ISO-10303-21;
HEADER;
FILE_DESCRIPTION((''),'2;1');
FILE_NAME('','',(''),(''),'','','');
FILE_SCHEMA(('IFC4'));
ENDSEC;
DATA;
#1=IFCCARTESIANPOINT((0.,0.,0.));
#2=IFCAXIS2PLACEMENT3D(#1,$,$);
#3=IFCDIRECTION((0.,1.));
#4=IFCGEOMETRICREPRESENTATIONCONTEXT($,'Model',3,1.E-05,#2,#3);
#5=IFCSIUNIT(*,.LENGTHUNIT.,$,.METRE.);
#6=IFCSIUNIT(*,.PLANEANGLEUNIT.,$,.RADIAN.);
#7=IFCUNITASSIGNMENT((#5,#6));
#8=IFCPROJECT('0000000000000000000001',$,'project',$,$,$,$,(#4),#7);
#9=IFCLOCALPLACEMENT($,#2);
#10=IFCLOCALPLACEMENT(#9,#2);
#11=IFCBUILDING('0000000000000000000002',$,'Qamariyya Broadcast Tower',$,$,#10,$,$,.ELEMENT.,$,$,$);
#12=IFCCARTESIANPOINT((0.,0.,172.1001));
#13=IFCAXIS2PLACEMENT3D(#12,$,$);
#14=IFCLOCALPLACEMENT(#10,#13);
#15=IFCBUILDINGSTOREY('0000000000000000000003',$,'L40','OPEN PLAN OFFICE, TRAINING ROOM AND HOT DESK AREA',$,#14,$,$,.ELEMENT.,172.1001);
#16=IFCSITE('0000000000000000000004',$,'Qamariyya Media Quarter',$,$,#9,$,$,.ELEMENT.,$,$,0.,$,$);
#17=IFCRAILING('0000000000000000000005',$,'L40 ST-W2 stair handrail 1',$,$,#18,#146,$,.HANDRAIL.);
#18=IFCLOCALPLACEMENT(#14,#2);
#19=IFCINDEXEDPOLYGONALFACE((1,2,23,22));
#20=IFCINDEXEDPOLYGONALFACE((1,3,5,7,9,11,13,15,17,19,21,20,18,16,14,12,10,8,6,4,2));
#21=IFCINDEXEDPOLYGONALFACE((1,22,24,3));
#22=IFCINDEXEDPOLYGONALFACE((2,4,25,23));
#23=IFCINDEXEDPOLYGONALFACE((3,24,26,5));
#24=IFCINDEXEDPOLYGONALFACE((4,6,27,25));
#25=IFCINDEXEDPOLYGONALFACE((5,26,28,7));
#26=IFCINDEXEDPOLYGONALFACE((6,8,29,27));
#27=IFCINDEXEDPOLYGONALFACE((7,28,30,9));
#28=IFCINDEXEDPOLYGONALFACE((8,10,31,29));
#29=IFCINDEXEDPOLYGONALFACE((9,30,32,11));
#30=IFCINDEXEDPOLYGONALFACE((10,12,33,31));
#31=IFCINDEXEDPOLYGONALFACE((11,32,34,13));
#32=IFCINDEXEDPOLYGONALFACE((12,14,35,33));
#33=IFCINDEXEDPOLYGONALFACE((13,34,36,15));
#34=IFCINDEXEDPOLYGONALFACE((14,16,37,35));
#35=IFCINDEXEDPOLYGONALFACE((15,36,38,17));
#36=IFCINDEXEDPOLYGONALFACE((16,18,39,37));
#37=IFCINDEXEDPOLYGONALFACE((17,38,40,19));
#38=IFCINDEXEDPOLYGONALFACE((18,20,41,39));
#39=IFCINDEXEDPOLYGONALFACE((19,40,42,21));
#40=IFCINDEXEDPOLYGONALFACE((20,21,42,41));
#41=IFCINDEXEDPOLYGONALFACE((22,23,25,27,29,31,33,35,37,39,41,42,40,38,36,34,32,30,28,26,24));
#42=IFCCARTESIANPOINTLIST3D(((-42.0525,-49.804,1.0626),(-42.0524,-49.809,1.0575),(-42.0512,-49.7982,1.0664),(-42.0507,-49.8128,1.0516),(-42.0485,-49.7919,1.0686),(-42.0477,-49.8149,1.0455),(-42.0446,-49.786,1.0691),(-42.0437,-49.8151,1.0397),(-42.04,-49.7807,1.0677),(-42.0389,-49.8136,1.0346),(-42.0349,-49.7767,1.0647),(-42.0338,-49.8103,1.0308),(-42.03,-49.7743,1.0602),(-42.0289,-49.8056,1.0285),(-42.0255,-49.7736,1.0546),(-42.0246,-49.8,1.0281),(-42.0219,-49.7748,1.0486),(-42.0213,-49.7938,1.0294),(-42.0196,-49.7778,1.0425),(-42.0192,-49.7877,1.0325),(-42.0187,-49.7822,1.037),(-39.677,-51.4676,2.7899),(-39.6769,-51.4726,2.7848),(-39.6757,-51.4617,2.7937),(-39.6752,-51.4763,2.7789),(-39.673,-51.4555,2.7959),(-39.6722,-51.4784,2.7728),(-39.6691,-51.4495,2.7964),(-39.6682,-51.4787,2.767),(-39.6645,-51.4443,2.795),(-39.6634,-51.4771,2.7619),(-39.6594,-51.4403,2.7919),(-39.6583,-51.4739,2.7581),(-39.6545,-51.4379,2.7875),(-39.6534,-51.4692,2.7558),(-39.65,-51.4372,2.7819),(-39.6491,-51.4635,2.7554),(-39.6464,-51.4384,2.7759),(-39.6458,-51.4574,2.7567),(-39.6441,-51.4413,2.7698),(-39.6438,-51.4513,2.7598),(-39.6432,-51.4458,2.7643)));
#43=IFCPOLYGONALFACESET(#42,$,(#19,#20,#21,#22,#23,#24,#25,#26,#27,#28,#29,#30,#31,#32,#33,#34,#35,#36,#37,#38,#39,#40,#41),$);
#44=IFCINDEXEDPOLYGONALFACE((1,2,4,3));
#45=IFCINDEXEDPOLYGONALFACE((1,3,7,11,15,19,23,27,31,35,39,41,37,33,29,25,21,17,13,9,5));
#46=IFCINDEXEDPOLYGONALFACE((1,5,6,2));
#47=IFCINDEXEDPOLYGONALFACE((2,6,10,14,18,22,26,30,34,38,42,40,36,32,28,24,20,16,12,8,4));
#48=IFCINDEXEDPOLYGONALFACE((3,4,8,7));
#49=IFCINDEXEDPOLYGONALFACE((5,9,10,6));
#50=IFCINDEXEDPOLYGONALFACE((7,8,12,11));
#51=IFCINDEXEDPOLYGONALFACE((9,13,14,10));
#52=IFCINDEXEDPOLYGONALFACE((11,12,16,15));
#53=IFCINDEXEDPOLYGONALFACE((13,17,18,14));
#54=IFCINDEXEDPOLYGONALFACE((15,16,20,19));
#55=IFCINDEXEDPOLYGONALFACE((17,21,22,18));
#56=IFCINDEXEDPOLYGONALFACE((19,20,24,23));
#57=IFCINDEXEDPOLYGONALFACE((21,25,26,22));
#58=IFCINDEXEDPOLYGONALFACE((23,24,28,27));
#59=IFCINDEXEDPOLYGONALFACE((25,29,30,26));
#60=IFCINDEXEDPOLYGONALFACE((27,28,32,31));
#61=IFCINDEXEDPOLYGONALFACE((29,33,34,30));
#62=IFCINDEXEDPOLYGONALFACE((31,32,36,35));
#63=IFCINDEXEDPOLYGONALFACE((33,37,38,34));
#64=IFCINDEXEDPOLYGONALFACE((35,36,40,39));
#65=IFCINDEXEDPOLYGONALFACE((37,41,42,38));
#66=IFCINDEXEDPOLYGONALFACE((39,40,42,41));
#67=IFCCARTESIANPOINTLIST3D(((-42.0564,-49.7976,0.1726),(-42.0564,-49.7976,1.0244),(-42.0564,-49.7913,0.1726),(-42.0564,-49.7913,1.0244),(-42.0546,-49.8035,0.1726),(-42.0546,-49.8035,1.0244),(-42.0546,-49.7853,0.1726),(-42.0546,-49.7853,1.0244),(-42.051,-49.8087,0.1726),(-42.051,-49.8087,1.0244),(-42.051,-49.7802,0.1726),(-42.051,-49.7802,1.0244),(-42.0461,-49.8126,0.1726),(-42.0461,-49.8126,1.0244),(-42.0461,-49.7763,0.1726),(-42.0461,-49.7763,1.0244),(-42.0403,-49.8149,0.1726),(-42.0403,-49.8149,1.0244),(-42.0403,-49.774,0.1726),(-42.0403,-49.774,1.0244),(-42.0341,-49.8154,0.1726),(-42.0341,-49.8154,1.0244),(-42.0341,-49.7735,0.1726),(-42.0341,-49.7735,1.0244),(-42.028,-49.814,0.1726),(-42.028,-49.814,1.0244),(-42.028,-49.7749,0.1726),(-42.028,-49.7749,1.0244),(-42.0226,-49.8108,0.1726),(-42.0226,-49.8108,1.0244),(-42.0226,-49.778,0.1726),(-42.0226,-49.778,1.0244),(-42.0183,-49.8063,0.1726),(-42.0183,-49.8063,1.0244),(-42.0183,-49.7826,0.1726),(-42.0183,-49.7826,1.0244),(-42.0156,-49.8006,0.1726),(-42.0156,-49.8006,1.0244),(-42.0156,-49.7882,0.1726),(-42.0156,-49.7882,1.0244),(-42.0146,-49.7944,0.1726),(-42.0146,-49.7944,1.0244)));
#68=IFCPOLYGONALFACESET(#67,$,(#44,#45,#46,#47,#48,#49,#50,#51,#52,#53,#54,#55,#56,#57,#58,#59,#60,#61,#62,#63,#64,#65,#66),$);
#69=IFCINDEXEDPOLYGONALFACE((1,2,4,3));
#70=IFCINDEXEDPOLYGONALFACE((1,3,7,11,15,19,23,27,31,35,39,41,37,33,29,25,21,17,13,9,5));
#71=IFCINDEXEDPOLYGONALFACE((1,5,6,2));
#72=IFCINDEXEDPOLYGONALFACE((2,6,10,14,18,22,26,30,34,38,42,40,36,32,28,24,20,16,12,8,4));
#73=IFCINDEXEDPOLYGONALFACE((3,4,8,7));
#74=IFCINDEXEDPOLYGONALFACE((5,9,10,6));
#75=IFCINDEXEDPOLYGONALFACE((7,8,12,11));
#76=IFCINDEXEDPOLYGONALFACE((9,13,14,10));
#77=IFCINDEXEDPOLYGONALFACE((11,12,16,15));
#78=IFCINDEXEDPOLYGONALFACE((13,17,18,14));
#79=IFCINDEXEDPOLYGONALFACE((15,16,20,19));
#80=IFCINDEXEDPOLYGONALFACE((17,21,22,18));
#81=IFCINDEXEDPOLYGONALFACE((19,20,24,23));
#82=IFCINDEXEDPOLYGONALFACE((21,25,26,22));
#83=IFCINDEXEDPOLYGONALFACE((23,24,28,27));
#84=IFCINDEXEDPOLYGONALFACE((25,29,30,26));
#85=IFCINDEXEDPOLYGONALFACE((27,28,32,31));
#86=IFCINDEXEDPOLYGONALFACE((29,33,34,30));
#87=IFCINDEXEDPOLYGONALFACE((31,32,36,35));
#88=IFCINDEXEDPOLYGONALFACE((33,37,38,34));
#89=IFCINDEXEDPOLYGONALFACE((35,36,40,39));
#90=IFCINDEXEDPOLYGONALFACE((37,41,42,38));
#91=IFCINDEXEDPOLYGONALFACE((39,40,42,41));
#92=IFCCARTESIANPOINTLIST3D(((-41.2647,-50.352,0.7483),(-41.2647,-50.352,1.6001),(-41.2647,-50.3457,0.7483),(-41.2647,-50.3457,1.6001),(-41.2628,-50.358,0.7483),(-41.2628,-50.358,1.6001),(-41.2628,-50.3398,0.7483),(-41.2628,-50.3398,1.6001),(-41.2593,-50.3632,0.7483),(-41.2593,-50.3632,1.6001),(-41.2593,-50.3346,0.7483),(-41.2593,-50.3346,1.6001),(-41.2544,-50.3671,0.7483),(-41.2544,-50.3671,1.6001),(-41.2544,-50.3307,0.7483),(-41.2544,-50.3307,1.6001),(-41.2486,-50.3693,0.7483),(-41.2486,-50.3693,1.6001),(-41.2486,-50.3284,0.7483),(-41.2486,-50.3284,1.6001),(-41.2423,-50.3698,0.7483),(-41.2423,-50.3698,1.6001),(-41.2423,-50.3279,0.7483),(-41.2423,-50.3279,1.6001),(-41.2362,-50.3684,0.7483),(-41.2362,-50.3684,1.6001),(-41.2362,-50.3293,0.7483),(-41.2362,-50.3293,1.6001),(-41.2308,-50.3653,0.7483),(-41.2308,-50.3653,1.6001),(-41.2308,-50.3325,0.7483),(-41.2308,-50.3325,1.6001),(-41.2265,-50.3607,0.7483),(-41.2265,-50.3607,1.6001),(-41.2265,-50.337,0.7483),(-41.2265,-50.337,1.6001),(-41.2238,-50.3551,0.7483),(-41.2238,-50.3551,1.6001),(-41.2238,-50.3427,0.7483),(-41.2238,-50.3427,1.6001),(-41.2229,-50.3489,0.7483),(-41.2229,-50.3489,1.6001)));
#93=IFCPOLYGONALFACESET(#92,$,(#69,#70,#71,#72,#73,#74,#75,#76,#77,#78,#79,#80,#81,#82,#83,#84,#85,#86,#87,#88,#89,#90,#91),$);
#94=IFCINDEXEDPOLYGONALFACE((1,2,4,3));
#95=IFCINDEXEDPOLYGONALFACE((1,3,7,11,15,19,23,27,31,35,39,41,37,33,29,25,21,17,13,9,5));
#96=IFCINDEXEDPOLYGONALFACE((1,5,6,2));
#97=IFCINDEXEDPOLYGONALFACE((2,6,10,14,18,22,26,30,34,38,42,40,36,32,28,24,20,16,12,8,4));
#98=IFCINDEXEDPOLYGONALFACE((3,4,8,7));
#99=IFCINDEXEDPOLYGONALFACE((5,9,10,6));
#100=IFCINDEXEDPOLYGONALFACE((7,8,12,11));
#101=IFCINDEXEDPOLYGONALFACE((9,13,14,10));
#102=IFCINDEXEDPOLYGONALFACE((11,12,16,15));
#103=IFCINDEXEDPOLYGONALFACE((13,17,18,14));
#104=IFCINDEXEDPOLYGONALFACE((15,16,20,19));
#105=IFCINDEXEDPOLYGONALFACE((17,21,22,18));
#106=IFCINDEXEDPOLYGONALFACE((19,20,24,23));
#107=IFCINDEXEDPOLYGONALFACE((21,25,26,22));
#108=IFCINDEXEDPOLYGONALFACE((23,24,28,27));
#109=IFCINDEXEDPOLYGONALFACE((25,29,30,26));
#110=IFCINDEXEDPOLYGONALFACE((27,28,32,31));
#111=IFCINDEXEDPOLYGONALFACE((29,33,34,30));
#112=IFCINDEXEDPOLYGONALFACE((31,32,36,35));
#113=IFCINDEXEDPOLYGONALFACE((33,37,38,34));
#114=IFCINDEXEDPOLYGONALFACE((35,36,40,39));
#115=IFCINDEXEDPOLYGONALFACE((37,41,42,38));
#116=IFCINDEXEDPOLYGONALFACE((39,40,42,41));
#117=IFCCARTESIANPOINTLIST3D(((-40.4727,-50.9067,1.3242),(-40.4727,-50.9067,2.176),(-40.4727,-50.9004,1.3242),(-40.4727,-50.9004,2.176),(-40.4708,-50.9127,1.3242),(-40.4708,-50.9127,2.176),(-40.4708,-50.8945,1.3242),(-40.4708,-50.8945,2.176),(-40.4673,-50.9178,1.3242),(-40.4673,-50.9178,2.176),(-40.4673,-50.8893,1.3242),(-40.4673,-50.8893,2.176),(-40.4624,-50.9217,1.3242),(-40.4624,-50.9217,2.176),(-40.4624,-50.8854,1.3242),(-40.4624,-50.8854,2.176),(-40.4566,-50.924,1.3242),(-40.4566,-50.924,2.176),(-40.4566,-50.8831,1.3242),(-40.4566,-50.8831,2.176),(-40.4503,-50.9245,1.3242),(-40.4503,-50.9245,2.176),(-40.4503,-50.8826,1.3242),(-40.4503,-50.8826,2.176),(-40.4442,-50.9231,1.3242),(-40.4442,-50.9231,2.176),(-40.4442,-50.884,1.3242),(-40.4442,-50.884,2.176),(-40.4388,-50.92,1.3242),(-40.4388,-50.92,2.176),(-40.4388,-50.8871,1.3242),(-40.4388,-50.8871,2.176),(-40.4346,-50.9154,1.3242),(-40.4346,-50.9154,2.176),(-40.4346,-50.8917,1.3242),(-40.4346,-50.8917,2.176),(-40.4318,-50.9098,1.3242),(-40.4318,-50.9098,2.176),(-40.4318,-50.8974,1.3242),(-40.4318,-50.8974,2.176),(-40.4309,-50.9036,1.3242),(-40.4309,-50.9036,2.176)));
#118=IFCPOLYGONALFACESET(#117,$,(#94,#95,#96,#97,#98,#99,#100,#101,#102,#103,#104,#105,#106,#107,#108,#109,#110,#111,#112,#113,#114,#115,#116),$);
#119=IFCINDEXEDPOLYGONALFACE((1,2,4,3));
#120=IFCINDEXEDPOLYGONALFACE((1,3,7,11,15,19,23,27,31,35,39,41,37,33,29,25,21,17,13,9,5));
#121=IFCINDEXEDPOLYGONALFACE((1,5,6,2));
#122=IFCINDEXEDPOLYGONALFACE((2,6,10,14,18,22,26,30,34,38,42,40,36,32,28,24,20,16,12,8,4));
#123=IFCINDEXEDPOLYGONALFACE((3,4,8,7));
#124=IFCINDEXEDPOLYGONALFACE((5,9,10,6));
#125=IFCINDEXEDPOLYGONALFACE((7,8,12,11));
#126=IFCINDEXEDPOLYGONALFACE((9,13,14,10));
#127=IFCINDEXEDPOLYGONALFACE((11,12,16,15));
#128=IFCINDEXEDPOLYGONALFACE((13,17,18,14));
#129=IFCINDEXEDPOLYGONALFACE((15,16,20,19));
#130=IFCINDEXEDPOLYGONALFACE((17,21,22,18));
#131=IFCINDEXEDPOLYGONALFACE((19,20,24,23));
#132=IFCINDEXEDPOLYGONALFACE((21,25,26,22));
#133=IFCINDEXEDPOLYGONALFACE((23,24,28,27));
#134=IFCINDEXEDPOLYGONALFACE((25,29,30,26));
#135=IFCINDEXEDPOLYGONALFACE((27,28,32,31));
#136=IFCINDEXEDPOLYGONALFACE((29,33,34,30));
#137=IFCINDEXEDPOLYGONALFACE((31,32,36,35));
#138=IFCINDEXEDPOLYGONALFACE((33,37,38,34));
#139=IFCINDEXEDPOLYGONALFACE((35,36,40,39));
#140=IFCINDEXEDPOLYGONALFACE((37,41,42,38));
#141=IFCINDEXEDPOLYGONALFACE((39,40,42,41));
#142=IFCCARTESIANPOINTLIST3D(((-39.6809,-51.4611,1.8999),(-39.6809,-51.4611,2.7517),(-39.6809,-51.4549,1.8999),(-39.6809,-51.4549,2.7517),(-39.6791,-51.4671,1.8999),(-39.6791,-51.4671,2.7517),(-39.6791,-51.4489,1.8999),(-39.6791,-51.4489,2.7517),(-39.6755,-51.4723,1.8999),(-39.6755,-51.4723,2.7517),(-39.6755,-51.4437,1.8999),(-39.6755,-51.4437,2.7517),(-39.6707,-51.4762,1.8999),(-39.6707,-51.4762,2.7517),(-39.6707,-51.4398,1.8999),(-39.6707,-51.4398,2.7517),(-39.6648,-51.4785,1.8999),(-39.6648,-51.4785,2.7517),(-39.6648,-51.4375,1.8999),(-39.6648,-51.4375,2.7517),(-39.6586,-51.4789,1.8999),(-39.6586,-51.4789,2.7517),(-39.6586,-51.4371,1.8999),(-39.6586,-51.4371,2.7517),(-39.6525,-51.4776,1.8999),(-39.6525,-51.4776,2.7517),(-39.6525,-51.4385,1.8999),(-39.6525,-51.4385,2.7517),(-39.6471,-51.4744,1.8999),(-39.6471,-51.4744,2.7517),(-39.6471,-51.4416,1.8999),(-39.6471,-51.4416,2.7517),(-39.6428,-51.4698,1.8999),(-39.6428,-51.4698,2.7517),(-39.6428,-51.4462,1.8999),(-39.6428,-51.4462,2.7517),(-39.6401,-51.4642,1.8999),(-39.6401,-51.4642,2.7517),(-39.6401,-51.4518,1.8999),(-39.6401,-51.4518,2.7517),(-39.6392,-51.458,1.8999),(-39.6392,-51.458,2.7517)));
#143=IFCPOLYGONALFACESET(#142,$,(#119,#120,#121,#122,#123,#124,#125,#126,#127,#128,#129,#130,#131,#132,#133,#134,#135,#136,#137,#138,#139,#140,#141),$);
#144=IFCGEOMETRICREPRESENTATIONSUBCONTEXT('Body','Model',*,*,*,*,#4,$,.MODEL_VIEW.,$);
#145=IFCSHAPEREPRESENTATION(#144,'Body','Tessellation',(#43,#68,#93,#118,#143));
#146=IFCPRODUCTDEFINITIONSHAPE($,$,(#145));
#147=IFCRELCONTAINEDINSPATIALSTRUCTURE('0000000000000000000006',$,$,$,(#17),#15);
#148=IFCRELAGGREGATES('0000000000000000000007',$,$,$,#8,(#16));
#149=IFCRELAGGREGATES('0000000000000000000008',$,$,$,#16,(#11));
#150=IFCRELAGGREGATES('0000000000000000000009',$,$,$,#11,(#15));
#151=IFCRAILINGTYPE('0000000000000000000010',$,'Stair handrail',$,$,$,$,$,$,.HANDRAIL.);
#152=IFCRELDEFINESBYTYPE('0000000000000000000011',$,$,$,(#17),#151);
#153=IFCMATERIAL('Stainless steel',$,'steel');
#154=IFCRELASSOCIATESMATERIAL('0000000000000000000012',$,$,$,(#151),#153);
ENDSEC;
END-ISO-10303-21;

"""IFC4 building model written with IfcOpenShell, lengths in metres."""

from ifc_helpers import new_model, si_unit, direction, frame, origin, origin_2d, place, context, subcontext, project, spatial, circle, extrude, material, type_object, element, save


model = new_model("IFC4")

# Units and contexts
model_context = context("Model", 3, precision=1e-05, world=origin(), true_north=direction((0.0, 1.0)))
body_context = subcontext(model_context, "Body", "Model", "MODEL_VIEW")
ifc_project = project(units=[si_unit("LENGTHUNIT", "METRE"), si_unit("PLANEANGLEUNIT", "RADIAN")], contexts=[model_context])

# Site, building, storey
site_placement = place(None, origin())
site = spatial("IfcSite", under=ifc_project, at=site_placement, Name="Qamariyya Media Quarter", CompositionType="ELEMENT", RefElevation=0.0)
building_placement = place(site_placement, origin())
building = spatial("IfcBuilding", under=site, at=building_placement, Name="Qamariyya Broadcast Tower", CompositionType="ELEMENT")
storey_placement = place(building_placement, frame((0.0, 0.0, 172.1001)))
storey = spatial("IfcBuildingStorey", under=building, at=storey_placement, Name="L40", Description="OPEN PLAN OFFICE, TRAINING ROOM AND HOT DESK AREA", CompositionType="ELEMENT", Elevation=172.1001)

# Railing
ifc_material_1 = material(Name="Stainless steel", Category="steel")
railing_type_1 = type_object("IfcRailingType", Name="Stair handrail", PredefinedType="HANDRAIL", material=ifc_material_1)
railing_1_placement = place(storey_placement, frame((-42.0356, -49.7944, 0.1726)))
element("IfcRailing", 1, at=railing_1_placement, inside=storey, type_object=railing_type_1, Name="L40 ST-W2 stair handrail 1", PredefinedType="HANDRAIL", context=body_context, shape_type="SweptSolid", body=[
    extrude(circle(Radius=0.0239, at=origin_2d()), frame((0.0, 0.0, 0.876), z_axis=(0.703745, -0.492838, 0.511716), x_axis=(0.573632, 0.819113, 0.0)), (0.0, 0.0, 1.0), 3.3755),
    extrude(circle(Radius=0.021, at=origin_2d()), origin(), (0.0, 0.0, 1.0), 0.8518),
    extrude(circle(Radius=0.021, at=origin_2d()), frame((0.7917, -0.5544, 0.5757)), (0.0, 0.0, 1.0), 0.8518),
    extrude(circle(Radius=0.021, at=origin_2d()), frame((1.5837, -1.1091, 1.1516)), (0.0, 0.0, 1.0), 0.8518),
    extrude(circle(Radius=0.021, at=origin_2d()), frame((2.3755, -1.6636, 1.7273)), (0.0, 0.0, 1.0), 0.8518),
])

save(model, "model.ifc")
